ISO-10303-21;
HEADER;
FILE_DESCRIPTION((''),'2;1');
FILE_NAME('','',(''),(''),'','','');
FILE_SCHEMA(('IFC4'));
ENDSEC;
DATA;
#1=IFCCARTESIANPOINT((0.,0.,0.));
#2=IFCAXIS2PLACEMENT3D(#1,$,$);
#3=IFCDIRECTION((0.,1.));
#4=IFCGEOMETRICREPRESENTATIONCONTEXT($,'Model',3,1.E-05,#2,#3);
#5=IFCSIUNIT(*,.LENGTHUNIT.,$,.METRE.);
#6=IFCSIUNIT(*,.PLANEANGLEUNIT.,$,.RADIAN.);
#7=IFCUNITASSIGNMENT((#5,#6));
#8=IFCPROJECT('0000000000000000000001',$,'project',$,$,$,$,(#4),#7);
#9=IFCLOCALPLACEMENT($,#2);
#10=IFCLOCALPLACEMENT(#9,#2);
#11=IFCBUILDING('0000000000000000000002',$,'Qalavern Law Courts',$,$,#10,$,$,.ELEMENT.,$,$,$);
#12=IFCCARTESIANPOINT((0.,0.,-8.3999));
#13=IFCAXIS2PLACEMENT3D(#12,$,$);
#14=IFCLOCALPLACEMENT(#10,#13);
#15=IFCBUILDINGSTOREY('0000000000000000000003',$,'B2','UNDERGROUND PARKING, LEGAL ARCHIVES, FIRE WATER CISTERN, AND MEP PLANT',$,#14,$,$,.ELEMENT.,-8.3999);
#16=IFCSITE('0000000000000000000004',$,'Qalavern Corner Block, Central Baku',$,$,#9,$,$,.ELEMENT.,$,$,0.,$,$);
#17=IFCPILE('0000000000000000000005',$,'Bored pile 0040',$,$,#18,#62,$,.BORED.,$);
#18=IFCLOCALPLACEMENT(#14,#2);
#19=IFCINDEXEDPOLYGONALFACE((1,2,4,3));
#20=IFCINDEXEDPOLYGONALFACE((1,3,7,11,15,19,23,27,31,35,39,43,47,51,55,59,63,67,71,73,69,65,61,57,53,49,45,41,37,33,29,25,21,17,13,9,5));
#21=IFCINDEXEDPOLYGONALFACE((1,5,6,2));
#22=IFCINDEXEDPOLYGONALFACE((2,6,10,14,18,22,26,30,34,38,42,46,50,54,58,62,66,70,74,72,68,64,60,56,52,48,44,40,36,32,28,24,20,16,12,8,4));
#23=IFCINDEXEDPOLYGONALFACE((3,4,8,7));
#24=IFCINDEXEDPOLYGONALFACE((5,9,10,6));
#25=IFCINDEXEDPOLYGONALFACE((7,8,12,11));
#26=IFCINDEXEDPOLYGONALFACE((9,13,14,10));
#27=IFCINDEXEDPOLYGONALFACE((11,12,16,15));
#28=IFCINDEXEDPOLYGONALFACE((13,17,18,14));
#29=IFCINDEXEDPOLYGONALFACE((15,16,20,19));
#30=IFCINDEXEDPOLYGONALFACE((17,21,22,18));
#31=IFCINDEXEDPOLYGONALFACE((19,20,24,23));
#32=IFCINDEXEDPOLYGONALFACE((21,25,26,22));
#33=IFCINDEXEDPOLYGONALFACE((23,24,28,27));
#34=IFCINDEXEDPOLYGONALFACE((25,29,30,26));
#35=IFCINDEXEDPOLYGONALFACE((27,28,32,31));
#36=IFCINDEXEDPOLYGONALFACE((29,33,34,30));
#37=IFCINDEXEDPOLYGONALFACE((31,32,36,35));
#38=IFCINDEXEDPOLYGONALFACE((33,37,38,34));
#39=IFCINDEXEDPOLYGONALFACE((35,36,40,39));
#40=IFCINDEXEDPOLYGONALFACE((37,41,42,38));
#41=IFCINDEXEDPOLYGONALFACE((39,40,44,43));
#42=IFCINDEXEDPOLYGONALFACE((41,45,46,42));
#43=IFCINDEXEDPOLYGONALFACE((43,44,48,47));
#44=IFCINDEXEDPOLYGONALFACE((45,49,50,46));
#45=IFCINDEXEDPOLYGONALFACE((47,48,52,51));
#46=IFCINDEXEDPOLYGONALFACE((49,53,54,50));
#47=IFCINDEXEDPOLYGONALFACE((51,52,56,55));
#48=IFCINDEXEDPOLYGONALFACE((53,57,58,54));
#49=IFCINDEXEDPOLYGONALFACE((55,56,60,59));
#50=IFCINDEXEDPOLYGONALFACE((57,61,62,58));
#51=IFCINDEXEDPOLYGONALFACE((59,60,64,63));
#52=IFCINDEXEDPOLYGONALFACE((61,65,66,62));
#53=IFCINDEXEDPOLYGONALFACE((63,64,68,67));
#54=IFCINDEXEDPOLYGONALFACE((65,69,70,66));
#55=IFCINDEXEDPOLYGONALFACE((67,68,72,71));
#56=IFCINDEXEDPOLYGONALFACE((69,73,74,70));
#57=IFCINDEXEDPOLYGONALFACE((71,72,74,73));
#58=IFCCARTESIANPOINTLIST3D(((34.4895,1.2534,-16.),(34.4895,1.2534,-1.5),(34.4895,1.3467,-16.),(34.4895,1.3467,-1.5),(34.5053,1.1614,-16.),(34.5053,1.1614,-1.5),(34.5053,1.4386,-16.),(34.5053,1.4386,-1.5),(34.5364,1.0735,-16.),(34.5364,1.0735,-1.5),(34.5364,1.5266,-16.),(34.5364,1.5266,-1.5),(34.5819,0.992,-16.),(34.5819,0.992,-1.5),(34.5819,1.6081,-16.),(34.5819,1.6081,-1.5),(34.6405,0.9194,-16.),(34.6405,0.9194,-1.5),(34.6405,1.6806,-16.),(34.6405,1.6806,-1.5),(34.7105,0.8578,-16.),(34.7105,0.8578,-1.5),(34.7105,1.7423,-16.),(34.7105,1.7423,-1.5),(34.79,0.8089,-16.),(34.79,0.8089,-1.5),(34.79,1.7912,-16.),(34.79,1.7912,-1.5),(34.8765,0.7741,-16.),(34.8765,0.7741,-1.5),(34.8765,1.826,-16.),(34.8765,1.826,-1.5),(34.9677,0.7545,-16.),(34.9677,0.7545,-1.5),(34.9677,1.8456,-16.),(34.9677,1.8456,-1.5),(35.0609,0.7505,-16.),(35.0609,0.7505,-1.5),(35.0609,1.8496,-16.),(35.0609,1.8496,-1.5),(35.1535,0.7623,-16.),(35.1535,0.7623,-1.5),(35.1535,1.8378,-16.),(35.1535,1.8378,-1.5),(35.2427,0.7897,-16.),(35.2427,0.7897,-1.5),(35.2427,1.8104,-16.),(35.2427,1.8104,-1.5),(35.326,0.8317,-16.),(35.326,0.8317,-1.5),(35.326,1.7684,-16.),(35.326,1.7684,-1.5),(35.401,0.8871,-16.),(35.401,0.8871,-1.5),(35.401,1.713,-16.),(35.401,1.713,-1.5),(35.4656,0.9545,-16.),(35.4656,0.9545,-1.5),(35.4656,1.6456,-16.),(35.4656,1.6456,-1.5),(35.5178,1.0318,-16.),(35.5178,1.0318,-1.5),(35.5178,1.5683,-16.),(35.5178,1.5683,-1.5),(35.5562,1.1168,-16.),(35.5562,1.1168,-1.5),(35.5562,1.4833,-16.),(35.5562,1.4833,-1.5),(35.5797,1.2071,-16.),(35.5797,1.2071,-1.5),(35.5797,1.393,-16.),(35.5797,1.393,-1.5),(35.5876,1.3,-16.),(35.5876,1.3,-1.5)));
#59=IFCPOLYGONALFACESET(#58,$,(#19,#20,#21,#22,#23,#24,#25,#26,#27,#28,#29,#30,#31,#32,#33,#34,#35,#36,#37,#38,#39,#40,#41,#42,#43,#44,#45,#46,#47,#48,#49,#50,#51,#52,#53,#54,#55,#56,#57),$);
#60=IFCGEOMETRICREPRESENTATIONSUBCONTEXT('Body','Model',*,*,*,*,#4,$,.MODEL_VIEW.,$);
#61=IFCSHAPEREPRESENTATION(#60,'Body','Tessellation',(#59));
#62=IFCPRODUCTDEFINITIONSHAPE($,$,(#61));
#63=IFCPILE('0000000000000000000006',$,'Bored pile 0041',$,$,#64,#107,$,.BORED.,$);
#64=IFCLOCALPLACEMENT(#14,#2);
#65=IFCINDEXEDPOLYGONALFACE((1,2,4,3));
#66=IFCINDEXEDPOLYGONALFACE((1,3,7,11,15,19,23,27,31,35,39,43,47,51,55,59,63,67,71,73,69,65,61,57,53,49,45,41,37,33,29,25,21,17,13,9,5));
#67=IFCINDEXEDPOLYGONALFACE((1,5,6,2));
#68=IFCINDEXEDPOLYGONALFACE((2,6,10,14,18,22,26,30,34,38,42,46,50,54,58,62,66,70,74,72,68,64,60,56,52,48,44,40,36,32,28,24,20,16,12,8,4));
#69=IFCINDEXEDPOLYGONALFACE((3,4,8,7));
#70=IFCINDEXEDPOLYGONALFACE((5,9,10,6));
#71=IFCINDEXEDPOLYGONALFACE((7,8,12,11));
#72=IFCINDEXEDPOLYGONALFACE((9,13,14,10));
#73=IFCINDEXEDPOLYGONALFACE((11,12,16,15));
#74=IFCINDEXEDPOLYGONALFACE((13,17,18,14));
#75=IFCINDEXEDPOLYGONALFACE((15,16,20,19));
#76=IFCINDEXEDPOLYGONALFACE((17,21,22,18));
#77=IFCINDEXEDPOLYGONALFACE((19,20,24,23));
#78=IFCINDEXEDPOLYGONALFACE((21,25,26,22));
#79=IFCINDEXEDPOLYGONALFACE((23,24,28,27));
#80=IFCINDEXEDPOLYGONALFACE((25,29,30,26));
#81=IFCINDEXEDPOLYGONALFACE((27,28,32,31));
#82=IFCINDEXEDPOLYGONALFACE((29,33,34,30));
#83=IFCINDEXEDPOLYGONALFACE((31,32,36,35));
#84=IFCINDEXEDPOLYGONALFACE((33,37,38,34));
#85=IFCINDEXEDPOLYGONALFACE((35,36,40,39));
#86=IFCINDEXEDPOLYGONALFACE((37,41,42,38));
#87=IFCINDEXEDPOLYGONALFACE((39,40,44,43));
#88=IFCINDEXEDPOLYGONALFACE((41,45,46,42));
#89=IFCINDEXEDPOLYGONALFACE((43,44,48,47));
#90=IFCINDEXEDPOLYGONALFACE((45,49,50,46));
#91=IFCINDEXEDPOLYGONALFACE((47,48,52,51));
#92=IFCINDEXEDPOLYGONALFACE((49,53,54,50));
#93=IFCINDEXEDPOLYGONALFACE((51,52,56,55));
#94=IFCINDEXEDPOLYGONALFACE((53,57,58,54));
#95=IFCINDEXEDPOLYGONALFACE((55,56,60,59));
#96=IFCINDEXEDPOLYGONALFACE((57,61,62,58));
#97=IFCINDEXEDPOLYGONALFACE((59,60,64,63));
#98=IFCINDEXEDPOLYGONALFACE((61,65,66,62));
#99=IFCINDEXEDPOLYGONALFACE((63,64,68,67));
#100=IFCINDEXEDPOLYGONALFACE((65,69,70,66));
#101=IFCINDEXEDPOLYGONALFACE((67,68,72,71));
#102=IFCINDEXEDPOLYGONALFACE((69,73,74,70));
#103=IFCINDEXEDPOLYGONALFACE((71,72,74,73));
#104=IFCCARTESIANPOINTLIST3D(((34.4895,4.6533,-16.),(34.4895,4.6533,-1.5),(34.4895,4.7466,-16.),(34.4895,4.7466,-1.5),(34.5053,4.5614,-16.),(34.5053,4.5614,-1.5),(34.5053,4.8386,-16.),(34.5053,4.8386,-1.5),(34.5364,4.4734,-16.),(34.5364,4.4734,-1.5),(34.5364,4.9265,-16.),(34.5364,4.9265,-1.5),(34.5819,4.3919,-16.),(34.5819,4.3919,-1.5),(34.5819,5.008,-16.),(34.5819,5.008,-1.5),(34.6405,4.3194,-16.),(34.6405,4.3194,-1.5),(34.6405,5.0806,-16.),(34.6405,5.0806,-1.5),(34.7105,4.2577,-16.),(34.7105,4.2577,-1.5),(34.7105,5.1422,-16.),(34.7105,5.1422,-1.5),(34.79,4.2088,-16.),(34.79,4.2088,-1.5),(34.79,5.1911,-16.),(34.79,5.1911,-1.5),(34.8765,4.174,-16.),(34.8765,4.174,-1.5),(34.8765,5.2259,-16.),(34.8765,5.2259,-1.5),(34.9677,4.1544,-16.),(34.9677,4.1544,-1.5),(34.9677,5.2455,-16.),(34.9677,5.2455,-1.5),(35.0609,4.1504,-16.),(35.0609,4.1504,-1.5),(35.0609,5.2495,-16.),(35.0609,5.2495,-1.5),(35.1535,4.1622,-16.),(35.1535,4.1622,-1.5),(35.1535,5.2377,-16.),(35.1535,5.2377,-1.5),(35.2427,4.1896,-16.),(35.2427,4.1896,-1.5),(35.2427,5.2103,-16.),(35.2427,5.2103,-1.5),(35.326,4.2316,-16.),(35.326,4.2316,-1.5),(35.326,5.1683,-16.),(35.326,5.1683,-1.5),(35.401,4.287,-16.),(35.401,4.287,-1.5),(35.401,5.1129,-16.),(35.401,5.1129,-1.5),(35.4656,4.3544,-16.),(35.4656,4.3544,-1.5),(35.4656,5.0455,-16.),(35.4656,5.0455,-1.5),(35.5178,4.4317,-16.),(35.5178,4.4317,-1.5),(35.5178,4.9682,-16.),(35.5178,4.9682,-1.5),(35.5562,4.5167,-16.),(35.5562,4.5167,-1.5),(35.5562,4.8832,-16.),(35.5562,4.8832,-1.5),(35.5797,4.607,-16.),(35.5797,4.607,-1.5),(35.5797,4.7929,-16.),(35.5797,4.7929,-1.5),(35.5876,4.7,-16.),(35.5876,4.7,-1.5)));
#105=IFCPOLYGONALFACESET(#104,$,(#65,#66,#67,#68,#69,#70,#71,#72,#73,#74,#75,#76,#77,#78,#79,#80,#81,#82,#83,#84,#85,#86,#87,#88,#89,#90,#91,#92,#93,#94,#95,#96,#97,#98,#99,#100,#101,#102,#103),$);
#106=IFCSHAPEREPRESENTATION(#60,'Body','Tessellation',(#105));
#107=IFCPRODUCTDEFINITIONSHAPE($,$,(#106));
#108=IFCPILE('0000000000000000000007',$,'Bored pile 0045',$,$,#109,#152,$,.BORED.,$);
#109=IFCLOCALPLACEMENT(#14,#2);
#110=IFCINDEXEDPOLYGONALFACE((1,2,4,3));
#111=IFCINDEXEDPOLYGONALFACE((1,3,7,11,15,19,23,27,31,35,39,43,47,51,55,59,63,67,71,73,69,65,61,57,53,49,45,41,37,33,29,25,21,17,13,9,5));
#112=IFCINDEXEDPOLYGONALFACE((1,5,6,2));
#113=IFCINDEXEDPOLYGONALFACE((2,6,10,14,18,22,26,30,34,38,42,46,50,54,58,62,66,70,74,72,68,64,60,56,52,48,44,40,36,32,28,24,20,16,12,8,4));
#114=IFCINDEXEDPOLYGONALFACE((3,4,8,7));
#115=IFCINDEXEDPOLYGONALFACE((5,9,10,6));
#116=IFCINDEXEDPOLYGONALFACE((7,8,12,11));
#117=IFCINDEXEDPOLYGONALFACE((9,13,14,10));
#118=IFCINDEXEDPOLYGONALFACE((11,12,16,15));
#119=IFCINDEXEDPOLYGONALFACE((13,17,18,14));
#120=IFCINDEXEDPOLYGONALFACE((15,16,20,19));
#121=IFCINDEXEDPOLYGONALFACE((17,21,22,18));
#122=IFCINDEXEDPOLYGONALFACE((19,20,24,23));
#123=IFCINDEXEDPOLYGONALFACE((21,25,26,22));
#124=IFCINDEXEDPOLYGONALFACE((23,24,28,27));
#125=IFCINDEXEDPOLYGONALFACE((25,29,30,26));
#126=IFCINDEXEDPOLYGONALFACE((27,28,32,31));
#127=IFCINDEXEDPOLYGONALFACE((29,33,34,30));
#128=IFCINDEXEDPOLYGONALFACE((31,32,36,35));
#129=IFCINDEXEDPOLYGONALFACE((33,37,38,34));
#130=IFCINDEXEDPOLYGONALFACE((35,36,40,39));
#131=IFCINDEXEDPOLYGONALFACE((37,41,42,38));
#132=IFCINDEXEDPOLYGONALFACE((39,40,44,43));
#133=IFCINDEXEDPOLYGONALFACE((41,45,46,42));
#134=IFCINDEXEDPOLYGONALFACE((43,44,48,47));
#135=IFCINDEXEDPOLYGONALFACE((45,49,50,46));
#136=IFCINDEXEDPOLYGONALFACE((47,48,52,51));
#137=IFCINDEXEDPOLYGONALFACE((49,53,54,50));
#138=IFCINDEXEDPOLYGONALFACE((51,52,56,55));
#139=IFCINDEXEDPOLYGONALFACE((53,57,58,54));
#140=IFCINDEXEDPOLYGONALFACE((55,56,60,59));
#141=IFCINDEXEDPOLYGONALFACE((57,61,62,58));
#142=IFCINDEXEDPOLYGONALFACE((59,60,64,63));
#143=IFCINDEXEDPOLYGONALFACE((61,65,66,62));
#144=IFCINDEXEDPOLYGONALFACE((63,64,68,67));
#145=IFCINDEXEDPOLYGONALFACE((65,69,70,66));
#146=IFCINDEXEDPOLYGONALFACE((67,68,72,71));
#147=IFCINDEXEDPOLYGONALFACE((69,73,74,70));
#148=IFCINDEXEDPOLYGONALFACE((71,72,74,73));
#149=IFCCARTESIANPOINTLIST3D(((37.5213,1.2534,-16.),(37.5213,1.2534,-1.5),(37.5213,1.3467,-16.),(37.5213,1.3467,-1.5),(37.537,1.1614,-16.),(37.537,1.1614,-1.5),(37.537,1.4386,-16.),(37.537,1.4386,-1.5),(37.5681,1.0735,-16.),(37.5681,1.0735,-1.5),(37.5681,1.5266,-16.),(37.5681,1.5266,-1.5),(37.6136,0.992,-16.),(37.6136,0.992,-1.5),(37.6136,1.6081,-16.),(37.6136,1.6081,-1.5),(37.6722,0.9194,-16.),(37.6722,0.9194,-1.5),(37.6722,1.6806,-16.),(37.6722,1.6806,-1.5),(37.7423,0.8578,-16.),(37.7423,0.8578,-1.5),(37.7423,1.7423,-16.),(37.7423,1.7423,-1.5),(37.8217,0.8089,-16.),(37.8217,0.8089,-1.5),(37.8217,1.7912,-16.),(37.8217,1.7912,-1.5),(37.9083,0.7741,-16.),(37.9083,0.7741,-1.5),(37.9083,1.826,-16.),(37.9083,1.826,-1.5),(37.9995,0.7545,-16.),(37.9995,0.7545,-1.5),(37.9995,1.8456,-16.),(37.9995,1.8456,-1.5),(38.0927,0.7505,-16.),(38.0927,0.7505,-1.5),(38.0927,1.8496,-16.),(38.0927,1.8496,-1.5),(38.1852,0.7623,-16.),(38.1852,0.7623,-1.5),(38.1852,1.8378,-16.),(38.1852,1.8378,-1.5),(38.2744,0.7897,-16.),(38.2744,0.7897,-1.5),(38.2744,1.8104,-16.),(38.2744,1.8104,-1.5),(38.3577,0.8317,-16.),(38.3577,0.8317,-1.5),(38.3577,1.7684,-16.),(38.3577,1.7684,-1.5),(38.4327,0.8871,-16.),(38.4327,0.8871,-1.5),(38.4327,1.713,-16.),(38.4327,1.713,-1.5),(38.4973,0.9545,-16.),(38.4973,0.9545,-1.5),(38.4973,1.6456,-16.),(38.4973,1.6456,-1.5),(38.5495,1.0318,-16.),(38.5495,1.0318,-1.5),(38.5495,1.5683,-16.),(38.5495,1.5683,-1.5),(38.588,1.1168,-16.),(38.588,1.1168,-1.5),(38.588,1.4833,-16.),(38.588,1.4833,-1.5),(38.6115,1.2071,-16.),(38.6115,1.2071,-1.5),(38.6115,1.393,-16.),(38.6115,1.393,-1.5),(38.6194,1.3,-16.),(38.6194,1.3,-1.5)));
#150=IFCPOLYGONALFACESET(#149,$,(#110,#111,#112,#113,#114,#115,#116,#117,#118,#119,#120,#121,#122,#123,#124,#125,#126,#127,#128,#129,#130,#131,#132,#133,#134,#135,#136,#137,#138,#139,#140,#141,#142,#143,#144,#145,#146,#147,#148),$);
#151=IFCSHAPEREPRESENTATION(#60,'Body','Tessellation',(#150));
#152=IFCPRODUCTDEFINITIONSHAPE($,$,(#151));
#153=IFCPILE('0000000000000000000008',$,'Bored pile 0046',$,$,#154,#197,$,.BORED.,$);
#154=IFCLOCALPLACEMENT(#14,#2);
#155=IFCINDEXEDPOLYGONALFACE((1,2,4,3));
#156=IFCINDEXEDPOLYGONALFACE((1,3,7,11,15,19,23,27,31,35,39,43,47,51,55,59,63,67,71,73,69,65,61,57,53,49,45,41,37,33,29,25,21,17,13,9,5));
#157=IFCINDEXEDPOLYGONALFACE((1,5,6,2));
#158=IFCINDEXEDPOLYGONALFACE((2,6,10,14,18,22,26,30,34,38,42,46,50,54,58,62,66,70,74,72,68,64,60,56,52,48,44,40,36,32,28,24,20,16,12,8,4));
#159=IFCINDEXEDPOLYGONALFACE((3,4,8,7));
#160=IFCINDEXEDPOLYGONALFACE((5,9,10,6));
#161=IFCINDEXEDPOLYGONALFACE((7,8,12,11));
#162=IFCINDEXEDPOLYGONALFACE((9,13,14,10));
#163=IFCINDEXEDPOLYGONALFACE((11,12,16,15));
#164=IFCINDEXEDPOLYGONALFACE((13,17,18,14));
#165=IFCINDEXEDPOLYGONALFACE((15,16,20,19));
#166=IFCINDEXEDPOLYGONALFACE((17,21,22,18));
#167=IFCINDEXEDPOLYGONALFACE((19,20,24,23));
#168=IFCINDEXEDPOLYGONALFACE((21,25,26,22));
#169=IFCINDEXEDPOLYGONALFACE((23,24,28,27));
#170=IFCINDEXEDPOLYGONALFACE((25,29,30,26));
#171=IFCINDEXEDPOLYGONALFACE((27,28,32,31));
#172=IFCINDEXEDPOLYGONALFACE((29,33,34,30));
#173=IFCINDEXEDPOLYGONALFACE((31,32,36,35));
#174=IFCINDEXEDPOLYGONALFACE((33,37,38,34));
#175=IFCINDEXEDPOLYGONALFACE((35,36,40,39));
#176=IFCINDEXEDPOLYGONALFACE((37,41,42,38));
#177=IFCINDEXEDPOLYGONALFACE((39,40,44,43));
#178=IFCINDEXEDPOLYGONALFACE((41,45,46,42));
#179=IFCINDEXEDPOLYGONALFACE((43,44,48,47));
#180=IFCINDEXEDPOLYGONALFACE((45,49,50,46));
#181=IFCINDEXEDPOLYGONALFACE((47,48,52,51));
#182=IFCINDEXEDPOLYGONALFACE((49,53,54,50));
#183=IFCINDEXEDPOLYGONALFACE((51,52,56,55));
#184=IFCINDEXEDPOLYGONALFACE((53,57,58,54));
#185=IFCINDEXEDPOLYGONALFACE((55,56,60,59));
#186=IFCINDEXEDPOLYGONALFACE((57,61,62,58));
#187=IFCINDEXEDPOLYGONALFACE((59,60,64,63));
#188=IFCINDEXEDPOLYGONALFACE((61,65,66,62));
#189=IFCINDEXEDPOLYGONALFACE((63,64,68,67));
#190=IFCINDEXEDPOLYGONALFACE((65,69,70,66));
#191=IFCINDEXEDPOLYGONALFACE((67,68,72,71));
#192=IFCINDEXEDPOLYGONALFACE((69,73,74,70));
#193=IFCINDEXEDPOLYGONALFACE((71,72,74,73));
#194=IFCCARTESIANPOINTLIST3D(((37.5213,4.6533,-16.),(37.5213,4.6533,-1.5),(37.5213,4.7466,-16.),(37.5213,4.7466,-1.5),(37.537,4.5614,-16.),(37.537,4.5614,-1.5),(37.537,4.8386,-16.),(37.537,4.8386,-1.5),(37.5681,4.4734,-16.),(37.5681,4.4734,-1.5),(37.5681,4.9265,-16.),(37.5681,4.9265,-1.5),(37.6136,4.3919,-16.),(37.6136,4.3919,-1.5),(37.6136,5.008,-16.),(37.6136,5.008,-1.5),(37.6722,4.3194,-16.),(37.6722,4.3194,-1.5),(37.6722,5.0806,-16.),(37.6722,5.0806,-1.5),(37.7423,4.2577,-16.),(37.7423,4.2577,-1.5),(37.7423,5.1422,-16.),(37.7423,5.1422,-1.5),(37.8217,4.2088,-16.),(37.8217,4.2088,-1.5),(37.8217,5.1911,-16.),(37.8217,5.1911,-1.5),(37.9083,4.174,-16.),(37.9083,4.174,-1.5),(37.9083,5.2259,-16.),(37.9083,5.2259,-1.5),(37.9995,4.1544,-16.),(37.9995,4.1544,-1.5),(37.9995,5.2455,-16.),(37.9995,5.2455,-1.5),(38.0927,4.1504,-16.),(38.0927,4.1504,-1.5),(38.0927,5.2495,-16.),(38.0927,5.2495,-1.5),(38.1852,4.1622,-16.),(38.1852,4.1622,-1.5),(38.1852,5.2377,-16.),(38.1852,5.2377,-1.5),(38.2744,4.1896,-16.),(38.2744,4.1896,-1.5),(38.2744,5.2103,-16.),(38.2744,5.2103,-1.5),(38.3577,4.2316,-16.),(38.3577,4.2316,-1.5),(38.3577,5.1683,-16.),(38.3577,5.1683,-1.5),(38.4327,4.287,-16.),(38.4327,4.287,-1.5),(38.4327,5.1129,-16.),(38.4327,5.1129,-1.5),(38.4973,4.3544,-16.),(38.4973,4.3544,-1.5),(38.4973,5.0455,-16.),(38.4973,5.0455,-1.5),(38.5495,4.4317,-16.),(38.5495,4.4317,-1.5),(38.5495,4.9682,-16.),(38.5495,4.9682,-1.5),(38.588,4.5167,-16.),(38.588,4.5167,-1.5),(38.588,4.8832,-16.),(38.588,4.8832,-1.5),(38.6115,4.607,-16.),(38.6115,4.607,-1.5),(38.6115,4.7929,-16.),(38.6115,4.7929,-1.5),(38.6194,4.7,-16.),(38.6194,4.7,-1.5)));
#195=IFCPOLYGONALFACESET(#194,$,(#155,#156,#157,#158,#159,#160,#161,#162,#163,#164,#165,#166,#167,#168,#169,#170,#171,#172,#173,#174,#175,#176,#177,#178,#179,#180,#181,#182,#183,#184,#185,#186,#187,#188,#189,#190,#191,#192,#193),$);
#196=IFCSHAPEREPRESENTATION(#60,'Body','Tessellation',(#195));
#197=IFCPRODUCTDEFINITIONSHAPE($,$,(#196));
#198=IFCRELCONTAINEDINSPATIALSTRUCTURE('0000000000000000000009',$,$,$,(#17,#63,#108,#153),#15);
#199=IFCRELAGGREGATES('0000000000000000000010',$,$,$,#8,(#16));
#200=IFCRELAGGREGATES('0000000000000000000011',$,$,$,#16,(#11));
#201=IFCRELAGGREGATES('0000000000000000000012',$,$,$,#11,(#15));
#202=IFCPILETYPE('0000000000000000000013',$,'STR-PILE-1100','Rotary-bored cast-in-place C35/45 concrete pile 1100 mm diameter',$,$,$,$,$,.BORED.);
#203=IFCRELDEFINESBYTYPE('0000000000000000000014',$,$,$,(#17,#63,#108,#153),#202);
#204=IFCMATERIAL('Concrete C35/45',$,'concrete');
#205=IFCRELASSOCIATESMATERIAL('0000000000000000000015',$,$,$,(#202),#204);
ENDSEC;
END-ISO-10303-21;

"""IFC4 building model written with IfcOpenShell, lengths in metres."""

from ifc_helpers import new_model, si_unit, direction, frame, origin, origin_2d, place, context, subcontext, project, spatial, circle, extrude, material, material_profile, profile_set, type_object, element, save


model = new_model("IFC4")

# Units and contexts
model_context = context("Model", 3, precision=1e-05, world=origin(), true_north=direction((0.0, 1.0)))
body_context = subcontext(model_context, "Body", "Model", "MODEL_VIEW")
ifc_project = project(units=[si_unit("LENGTHUNIT", "METRE"), si_unit("PLANEANGLEUNIT", "RADIAN")], contexts=[model_context])

# Site, building, storey
site_placement = place(None, origin())
site = spatial("IfcSite", under=ifc_project, at=site_placement, Name="Qalavern Corner Block, Central Baku", CompositionType="ELEMENT", RefElevation=0.0)
building_placement = place(site_placement, origin())
building = spatial("IfcBuilding", under=site, at=building_placement, Name="Qalavern Law Courts", CompositionType="ELEMENT")
storey_placement = place(building_placement, frame((0.0, 0.0, -8.3999)))
storey = spatial("IfcBuildingStorey", under=building, at=storey_placement, Name="B2", Description="UNDERGROUND PARKING, LEGAL ARCHIVES, FIRE WATER CISTERN, AND MEP PLANT", CompositionType="ELEMENT", Elevation=-8.3999)

# Piles
ifc_material_1 = material(Name="Concrete C35/45", Category="concrete")
ifc_material_profile_1 = material_profile(ifc_material_1, circle(Radius=0.55, at=origin_2d()), Name="BORED PILE 1100")
ifc_profile_set_1 = profile_set([ifc_material_profile_1], Name="Concrete C35/45")
pile_type = type_object("IfcPileType", Name="STR-PILE-1100", Description="Rotary-bored cast-in-place C35/45 concrete pile 1100 mm diameter", PredefinedType="BORED", material=ifc_profile_set_1)
for number, where, z_axis, x_axis, name in (
    (1, (35.0376, 1.3, -1.5), (0.0, 0.0, -1.0), (1.0, 0.0, 0.0), "Bored pile 0040"),
    (2, (35.0376, 4.7, -1.5), (0.0, 0.0, -1.0), (1.0, 0.0, 0.0), "Bored pile 0041"),
    (3, (38.0693, 1.3, -1.5), (0.0, 0.0, -1.0), (1.0, 0.0, 0.0), "Bored pile 0045"),
    (4, (38.0693, 4.7, -1.5), (0.0, 0.0, -1.0), (1.0, 0.0, 0.0), "Bored pile 0046"),
):
    element("IfcPile", number, at=place(storey_placement, frame(where, z_axis=z_axis, x_axis=x_axis)), inside=storey, type_object=pile_type, Name=name, PredefinedType="BORED", context=body_context, shape_type="SweptSolid", body=[
        extrude(circle(Radius=0.55, at=origin_2d()), origin(), (0.0, 0.0, 1.0), 14.5),
    ])

save(model, "model.ifc")
